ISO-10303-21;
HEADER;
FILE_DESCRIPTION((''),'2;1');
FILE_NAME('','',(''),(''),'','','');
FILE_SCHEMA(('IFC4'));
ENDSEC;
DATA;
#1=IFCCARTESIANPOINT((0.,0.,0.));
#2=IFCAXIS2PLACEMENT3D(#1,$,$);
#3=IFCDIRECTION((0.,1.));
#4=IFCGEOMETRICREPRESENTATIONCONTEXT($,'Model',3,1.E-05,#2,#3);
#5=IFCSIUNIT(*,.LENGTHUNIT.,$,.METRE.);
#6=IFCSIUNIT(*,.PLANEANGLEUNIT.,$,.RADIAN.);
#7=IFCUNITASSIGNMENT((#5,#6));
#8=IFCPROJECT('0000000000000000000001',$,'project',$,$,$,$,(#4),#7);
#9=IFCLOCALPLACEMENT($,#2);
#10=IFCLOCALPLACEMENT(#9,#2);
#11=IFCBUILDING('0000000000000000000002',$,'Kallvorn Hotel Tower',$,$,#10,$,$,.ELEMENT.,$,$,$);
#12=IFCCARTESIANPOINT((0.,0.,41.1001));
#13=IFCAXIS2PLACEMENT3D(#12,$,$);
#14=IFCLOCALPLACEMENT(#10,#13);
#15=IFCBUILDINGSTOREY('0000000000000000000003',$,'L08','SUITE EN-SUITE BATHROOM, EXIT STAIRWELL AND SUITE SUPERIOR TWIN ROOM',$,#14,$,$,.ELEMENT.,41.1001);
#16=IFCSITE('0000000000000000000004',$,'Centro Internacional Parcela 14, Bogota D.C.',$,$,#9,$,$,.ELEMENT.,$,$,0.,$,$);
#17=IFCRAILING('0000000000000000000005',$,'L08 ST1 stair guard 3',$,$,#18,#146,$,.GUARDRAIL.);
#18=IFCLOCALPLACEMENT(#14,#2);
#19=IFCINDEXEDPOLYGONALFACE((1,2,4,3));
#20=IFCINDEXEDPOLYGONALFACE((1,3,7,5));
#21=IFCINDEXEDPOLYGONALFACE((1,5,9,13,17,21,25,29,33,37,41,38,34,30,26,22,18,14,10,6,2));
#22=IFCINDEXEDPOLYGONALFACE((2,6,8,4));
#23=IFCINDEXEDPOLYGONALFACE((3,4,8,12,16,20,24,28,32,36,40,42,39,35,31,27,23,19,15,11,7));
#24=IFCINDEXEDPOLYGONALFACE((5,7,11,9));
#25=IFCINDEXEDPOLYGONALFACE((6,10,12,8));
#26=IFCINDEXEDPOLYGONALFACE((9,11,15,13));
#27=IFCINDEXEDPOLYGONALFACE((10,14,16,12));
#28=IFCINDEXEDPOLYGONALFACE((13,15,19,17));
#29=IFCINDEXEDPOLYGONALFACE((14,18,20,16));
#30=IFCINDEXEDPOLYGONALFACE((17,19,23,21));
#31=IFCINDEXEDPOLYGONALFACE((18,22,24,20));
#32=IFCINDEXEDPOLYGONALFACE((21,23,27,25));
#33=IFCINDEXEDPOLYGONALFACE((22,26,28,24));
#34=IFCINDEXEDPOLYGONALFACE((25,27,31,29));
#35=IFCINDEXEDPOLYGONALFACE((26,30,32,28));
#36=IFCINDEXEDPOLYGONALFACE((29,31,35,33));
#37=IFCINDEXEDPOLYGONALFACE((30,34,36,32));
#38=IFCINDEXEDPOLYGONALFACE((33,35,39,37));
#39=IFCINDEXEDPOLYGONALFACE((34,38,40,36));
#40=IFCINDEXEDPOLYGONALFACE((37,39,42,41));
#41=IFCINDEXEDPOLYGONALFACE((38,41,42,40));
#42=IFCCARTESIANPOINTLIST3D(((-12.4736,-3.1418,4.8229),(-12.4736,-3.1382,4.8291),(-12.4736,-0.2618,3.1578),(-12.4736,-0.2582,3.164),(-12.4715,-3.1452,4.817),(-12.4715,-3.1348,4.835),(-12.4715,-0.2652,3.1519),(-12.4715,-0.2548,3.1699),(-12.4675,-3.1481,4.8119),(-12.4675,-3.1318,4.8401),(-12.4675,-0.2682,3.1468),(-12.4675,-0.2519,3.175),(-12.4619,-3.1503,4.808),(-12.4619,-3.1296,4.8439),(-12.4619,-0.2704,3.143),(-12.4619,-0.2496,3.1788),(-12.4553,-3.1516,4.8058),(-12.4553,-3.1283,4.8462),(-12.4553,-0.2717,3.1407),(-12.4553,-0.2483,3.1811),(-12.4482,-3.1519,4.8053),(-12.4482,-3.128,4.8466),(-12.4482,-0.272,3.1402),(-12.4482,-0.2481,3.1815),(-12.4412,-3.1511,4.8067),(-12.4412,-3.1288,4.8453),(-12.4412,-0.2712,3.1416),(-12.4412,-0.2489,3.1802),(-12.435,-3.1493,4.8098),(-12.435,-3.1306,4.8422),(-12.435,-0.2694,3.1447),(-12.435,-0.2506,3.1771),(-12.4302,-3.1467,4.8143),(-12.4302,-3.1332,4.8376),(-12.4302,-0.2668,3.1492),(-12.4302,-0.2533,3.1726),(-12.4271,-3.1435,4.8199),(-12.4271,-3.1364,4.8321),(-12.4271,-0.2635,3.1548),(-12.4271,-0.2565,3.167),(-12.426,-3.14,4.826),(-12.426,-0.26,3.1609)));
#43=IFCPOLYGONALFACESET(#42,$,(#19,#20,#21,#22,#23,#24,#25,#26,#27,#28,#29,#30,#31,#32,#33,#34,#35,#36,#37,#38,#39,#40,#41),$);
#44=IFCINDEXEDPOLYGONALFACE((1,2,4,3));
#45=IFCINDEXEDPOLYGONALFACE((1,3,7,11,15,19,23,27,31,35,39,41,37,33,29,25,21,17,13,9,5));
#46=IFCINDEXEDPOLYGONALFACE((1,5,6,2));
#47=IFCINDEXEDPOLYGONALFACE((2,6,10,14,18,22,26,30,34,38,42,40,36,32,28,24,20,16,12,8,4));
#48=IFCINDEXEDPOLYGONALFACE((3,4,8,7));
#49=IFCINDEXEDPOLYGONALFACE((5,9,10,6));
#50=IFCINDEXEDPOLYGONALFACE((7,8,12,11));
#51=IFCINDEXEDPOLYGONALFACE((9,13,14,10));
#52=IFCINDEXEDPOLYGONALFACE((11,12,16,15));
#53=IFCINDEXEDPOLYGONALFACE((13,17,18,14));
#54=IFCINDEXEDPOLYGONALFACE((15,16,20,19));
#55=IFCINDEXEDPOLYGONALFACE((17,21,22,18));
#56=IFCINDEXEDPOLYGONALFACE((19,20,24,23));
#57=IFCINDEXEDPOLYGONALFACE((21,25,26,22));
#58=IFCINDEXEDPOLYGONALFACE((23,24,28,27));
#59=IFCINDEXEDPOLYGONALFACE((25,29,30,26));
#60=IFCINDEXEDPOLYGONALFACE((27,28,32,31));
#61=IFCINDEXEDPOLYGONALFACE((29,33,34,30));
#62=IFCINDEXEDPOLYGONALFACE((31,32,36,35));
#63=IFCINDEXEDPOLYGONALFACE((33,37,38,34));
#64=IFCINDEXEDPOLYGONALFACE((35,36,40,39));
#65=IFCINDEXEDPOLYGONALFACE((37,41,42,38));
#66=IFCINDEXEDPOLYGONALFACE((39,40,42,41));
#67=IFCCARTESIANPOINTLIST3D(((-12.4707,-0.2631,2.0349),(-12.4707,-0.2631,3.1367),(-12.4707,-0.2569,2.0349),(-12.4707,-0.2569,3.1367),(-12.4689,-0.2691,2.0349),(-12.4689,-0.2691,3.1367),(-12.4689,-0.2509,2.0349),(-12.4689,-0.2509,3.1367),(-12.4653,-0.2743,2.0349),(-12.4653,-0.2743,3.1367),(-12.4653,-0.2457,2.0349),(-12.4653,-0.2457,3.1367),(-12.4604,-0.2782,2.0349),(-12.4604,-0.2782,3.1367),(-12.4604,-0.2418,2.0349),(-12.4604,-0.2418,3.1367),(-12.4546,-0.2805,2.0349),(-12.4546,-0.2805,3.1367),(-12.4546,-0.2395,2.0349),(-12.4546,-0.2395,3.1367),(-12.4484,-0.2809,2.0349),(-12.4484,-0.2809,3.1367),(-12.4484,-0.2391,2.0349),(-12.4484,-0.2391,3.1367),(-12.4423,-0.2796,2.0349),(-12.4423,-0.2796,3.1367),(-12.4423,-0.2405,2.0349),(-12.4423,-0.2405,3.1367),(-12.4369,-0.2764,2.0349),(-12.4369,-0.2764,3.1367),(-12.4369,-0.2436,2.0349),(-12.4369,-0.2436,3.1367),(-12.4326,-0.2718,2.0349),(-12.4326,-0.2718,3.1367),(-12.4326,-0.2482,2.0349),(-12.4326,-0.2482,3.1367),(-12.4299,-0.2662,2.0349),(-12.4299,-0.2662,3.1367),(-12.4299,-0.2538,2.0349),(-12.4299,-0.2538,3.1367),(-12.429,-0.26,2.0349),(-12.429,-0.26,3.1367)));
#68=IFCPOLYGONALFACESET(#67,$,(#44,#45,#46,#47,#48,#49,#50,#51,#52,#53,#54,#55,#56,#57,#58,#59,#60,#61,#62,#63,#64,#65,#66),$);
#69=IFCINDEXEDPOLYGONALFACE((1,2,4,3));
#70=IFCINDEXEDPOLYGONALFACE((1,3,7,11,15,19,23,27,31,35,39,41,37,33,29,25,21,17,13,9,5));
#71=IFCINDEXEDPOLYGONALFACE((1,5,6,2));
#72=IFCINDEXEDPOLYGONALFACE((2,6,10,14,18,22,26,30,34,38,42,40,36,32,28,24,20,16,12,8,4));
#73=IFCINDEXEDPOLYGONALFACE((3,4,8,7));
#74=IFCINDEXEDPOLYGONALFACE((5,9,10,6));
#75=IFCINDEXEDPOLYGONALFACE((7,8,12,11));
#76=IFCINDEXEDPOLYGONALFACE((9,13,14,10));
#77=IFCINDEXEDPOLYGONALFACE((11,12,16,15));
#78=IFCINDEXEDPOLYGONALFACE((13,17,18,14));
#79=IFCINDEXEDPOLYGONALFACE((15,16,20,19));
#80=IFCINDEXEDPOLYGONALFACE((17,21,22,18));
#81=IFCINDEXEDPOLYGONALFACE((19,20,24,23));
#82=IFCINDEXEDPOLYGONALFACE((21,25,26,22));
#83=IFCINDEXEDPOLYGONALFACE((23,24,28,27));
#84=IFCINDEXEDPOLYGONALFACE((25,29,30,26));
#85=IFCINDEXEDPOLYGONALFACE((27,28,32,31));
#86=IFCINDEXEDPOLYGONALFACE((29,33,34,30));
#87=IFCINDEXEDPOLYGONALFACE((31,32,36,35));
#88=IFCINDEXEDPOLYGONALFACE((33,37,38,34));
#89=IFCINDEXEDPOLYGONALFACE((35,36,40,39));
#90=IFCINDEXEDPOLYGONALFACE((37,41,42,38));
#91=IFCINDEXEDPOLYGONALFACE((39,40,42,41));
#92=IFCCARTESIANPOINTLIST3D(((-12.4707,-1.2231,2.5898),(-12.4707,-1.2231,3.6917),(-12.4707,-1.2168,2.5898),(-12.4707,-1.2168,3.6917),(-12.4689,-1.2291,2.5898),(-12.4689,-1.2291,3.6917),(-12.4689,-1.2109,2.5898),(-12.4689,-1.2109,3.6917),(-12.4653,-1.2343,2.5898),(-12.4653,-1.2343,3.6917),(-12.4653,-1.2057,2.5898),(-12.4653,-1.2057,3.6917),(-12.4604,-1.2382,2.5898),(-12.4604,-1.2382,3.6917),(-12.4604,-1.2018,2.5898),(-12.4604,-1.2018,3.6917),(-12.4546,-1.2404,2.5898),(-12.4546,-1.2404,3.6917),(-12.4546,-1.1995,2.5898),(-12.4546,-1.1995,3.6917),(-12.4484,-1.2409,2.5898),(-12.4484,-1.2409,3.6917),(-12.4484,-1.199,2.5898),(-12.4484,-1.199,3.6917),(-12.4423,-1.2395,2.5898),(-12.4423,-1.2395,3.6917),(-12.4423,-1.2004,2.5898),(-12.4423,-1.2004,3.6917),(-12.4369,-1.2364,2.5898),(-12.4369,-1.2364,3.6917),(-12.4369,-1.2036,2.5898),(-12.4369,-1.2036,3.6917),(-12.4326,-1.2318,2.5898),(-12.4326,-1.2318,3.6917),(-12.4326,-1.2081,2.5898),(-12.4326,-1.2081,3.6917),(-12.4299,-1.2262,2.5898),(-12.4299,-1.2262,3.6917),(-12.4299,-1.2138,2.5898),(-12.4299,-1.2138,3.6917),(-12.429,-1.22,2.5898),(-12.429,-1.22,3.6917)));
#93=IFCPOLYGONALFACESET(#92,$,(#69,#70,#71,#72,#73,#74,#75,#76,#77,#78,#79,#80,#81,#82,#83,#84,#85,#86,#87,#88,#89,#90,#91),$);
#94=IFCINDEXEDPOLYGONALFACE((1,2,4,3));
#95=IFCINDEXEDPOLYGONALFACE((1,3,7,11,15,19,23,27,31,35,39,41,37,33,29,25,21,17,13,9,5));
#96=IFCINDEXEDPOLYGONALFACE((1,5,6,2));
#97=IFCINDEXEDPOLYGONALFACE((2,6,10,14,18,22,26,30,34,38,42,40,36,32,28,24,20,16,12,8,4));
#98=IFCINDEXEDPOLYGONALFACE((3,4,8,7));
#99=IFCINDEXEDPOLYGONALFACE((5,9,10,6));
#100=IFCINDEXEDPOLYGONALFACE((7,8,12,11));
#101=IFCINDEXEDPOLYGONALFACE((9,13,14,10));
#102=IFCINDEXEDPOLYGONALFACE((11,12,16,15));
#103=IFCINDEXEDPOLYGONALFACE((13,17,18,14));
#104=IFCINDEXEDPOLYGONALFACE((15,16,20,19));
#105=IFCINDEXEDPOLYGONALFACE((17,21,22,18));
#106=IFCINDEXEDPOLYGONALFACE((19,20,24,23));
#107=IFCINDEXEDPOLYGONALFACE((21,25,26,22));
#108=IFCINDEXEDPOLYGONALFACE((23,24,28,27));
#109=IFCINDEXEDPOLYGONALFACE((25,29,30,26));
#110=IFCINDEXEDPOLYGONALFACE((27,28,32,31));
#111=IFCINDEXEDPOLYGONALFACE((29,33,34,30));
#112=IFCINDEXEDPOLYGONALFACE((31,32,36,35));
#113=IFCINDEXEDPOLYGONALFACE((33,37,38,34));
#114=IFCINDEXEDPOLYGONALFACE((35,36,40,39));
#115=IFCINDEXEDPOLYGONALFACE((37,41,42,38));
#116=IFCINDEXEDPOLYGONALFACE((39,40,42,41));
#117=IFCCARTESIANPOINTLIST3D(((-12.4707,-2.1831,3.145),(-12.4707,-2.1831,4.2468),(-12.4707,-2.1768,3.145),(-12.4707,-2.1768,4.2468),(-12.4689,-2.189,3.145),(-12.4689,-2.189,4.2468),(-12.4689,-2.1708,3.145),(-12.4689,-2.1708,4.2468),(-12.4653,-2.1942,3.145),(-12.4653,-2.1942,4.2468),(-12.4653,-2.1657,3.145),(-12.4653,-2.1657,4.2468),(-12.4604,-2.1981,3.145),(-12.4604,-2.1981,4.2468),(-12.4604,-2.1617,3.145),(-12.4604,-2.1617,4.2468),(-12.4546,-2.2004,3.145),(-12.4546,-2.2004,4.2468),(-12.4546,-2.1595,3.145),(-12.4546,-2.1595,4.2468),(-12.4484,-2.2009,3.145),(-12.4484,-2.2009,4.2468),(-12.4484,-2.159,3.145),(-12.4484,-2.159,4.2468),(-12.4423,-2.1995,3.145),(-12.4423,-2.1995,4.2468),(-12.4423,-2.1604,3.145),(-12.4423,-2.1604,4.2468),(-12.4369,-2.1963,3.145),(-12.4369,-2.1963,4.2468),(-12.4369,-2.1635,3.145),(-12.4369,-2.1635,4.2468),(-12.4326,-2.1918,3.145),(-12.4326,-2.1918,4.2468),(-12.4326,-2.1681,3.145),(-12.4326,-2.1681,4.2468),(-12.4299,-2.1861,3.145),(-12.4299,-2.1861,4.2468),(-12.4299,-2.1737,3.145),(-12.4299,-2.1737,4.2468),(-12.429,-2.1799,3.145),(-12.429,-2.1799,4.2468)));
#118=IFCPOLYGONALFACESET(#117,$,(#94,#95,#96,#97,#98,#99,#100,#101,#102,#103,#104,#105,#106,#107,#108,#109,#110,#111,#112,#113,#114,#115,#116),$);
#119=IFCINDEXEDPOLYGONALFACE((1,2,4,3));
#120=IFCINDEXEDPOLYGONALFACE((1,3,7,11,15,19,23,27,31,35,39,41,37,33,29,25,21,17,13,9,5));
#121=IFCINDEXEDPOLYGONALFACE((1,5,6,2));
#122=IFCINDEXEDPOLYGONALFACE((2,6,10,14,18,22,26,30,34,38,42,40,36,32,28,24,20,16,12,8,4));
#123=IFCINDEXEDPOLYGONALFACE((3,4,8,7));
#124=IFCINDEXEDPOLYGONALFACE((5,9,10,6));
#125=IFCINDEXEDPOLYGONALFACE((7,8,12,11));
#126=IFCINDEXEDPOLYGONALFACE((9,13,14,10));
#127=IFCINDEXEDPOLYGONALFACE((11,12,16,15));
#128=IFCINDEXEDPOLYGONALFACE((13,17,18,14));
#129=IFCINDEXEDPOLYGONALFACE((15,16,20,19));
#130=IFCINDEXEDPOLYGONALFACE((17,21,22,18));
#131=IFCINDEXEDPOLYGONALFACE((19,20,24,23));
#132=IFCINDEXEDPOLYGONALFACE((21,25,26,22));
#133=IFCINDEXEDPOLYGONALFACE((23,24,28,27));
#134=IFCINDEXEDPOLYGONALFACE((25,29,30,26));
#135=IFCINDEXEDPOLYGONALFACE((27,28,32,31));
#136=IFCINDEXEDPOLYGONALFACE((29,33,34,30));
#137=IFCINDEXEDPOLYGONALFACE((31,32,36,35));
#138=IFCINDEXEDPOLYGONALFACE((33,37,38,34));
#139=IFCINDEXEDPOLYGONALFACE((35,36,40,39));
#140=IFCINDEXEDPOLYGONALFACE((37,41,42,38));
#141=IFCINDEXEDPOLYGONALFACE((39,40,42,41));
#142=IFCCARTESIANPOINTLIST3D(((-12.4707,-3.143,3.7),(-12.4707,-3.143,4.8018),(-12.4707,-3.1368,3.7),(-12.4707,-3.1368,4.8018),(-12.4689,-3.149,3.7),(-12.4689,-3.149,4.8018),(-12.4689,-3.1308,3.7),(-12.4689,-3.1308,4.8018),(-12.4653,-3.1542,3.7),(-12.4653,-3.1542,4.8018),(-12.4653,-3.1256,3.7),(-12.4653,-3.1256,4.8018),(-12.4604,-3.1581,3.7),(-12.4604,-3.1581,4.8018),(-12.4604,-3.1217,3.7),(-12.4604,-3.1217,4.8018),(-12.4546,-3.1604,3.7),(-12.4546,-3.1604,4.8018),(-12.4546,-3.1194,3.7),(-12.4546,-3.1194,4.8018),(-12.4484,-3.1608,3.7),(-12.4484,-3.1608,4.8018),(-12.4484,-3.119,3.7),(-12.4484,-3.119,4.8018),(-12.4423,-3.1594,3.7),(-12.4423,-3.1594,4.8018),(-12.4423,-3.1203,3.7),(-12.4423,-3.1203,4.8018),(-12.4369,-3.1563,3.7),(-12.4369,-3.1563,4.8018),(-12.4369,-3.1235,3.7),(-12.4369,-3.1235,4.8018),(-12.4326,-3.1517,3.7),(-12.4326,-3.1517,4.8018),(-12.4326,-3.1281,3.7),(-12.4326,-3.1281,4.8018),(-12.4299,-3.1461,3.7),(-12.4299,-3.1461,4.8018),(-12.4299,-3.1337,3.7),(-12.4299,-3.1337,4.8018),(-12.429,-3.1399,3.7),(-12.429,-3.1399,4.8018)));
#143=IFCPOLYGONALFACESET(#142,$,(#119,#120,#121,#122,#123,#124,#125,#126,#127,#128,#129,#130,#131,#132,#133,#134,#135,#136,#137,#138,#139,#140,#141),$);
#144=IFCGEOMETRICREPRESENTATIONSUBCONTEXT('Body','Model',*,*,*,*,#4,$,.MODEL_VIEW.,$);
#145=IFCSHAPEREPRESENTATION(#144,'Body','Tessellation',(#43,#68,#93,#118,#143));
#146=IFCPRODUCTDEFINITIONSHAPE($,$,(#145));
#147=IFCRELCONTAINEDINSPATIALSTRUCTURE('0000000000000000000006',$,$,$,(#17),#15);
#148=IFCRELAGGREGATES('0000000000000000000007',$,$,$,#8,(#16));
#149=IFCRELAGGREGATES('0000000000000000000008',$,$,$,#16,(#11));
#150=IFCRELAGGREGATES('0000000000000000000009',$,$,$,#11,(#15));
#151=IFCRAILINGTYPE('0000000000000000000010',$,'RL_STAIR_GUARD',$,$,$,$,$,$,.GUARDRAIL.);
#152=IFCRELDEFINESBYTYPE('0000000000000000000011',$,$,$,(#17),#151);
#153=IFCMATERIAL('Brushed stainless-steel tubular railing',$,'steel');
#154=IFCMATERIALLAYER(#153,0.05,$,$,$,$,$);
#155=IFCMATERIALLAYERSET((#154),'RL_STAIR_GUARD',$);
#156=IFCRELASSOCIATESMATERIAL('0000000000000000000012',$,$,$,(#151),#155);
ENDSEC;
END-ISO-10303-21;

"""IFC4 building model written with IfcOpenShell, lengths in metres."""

from ifc_helpers import new_model, si_unit, direction, frame, origin, origin_2d, place, context, subcontext, project, spatial, circle, extrude, material, layer, layer_set, type_object, element, save


model = new_model("IFC4")

# Units and contexts
model_context = context("Model", 3, precision=1e-05, world=origin(), true_north=direction((0.0, 1.0)))
body_context = subcontext(model_context, "Body", "Model", "MODEL_VIEW")
ifc_project = project(units=[si_unit("LENGTHUNIT", "METRE"), si_unit("PLANEANGLEUNIT", "RADIAN")], contexts=[model_context])

# Site, building, storey
site_placement = place(None, origin())
site = spatial("IfcSite", under=ifc_project, at=site_placement, Name="Centro Internacional Parcela 14, Bogota D.C.", CompositionType="ELEMENT", RefElevation=0.0)
building_placement = place(site_placement, origin())
building = spatial("IfcBuilding", under=site, at=building_placement, Name="Kallvorn Hotel Tower", CompositionType="ELEMENT")
storey_placement = place(building_placement, frame((0.0, 0.0, 41.1001)))
storey = spatial("IfcBuildingStorey", under=building, at=storey_placement, Name="L08", Description="SUITE EN-SUITE BATHROOM, EXIT STAIRWELL AND SUITE SUPERIOR TWIN ROOM", CompositionType="ELEMENT", Elevation=41.1001)

# Railing
ifc_material_1 = material(Name="Brushed stainless-steel tubular railing", Category="steel")
ifc_layer_1 = layer(ifc_material_1, 0.05)
ifc_layer_set_1 = layer_set([ifc_layer_1], Name="RL_STAIR_GUARD")
railing_type_1 = type_object("IfcRailingType", Name="RL_STAIR_GUARD", PredefinedType="GUARDRAIL", material=ifc_layer_set_1)
railing_1_placement = place(storey_placement, frame((-12.45, -0.26, 2.0349)))
element("IfcRailing", 1, at=railing_1_placement, inside=storey, type_object=railing_type_1, Name="L08 ST1 stair guard 3", PredefinedType="GUARDRAIL", context=body_context, shape_type="SweptSolid", body=[
    extrude(circle(Radius=0.0239, at=origin_2d()), frame((0.0, 0.0, 1.126), z_axis=(0.0, -0.865721, 0.500527), x_axis=(1.0, 0.0, 0.0)), (0.0, 0.0, 1.0), 3.3267),
    extrude(circle(Radius=0.021, at=origin_2d()), origin(), (0.0, 0.0, 1.0), 1.1018),
    extrude(circle(Radius=0.021, at=origin_2d()), frame((0.0, -0.96, 0.5549)), (0.0, 0.0, 1.0), 1.1018),
    extrude(circle(Radius=0.021, at=origin_2d()), frame((0.0, -1.9199, 1.1101)), (0.0, 0.0, 1.0), 1.1018),
    extrude(circle(Radius=0.021, at=origin_2d()), frame((0.0, -2.8799, 1.665)), (0.0, 0.0, 1.0), 1.1018),
])

save(model, "model.ifc")
